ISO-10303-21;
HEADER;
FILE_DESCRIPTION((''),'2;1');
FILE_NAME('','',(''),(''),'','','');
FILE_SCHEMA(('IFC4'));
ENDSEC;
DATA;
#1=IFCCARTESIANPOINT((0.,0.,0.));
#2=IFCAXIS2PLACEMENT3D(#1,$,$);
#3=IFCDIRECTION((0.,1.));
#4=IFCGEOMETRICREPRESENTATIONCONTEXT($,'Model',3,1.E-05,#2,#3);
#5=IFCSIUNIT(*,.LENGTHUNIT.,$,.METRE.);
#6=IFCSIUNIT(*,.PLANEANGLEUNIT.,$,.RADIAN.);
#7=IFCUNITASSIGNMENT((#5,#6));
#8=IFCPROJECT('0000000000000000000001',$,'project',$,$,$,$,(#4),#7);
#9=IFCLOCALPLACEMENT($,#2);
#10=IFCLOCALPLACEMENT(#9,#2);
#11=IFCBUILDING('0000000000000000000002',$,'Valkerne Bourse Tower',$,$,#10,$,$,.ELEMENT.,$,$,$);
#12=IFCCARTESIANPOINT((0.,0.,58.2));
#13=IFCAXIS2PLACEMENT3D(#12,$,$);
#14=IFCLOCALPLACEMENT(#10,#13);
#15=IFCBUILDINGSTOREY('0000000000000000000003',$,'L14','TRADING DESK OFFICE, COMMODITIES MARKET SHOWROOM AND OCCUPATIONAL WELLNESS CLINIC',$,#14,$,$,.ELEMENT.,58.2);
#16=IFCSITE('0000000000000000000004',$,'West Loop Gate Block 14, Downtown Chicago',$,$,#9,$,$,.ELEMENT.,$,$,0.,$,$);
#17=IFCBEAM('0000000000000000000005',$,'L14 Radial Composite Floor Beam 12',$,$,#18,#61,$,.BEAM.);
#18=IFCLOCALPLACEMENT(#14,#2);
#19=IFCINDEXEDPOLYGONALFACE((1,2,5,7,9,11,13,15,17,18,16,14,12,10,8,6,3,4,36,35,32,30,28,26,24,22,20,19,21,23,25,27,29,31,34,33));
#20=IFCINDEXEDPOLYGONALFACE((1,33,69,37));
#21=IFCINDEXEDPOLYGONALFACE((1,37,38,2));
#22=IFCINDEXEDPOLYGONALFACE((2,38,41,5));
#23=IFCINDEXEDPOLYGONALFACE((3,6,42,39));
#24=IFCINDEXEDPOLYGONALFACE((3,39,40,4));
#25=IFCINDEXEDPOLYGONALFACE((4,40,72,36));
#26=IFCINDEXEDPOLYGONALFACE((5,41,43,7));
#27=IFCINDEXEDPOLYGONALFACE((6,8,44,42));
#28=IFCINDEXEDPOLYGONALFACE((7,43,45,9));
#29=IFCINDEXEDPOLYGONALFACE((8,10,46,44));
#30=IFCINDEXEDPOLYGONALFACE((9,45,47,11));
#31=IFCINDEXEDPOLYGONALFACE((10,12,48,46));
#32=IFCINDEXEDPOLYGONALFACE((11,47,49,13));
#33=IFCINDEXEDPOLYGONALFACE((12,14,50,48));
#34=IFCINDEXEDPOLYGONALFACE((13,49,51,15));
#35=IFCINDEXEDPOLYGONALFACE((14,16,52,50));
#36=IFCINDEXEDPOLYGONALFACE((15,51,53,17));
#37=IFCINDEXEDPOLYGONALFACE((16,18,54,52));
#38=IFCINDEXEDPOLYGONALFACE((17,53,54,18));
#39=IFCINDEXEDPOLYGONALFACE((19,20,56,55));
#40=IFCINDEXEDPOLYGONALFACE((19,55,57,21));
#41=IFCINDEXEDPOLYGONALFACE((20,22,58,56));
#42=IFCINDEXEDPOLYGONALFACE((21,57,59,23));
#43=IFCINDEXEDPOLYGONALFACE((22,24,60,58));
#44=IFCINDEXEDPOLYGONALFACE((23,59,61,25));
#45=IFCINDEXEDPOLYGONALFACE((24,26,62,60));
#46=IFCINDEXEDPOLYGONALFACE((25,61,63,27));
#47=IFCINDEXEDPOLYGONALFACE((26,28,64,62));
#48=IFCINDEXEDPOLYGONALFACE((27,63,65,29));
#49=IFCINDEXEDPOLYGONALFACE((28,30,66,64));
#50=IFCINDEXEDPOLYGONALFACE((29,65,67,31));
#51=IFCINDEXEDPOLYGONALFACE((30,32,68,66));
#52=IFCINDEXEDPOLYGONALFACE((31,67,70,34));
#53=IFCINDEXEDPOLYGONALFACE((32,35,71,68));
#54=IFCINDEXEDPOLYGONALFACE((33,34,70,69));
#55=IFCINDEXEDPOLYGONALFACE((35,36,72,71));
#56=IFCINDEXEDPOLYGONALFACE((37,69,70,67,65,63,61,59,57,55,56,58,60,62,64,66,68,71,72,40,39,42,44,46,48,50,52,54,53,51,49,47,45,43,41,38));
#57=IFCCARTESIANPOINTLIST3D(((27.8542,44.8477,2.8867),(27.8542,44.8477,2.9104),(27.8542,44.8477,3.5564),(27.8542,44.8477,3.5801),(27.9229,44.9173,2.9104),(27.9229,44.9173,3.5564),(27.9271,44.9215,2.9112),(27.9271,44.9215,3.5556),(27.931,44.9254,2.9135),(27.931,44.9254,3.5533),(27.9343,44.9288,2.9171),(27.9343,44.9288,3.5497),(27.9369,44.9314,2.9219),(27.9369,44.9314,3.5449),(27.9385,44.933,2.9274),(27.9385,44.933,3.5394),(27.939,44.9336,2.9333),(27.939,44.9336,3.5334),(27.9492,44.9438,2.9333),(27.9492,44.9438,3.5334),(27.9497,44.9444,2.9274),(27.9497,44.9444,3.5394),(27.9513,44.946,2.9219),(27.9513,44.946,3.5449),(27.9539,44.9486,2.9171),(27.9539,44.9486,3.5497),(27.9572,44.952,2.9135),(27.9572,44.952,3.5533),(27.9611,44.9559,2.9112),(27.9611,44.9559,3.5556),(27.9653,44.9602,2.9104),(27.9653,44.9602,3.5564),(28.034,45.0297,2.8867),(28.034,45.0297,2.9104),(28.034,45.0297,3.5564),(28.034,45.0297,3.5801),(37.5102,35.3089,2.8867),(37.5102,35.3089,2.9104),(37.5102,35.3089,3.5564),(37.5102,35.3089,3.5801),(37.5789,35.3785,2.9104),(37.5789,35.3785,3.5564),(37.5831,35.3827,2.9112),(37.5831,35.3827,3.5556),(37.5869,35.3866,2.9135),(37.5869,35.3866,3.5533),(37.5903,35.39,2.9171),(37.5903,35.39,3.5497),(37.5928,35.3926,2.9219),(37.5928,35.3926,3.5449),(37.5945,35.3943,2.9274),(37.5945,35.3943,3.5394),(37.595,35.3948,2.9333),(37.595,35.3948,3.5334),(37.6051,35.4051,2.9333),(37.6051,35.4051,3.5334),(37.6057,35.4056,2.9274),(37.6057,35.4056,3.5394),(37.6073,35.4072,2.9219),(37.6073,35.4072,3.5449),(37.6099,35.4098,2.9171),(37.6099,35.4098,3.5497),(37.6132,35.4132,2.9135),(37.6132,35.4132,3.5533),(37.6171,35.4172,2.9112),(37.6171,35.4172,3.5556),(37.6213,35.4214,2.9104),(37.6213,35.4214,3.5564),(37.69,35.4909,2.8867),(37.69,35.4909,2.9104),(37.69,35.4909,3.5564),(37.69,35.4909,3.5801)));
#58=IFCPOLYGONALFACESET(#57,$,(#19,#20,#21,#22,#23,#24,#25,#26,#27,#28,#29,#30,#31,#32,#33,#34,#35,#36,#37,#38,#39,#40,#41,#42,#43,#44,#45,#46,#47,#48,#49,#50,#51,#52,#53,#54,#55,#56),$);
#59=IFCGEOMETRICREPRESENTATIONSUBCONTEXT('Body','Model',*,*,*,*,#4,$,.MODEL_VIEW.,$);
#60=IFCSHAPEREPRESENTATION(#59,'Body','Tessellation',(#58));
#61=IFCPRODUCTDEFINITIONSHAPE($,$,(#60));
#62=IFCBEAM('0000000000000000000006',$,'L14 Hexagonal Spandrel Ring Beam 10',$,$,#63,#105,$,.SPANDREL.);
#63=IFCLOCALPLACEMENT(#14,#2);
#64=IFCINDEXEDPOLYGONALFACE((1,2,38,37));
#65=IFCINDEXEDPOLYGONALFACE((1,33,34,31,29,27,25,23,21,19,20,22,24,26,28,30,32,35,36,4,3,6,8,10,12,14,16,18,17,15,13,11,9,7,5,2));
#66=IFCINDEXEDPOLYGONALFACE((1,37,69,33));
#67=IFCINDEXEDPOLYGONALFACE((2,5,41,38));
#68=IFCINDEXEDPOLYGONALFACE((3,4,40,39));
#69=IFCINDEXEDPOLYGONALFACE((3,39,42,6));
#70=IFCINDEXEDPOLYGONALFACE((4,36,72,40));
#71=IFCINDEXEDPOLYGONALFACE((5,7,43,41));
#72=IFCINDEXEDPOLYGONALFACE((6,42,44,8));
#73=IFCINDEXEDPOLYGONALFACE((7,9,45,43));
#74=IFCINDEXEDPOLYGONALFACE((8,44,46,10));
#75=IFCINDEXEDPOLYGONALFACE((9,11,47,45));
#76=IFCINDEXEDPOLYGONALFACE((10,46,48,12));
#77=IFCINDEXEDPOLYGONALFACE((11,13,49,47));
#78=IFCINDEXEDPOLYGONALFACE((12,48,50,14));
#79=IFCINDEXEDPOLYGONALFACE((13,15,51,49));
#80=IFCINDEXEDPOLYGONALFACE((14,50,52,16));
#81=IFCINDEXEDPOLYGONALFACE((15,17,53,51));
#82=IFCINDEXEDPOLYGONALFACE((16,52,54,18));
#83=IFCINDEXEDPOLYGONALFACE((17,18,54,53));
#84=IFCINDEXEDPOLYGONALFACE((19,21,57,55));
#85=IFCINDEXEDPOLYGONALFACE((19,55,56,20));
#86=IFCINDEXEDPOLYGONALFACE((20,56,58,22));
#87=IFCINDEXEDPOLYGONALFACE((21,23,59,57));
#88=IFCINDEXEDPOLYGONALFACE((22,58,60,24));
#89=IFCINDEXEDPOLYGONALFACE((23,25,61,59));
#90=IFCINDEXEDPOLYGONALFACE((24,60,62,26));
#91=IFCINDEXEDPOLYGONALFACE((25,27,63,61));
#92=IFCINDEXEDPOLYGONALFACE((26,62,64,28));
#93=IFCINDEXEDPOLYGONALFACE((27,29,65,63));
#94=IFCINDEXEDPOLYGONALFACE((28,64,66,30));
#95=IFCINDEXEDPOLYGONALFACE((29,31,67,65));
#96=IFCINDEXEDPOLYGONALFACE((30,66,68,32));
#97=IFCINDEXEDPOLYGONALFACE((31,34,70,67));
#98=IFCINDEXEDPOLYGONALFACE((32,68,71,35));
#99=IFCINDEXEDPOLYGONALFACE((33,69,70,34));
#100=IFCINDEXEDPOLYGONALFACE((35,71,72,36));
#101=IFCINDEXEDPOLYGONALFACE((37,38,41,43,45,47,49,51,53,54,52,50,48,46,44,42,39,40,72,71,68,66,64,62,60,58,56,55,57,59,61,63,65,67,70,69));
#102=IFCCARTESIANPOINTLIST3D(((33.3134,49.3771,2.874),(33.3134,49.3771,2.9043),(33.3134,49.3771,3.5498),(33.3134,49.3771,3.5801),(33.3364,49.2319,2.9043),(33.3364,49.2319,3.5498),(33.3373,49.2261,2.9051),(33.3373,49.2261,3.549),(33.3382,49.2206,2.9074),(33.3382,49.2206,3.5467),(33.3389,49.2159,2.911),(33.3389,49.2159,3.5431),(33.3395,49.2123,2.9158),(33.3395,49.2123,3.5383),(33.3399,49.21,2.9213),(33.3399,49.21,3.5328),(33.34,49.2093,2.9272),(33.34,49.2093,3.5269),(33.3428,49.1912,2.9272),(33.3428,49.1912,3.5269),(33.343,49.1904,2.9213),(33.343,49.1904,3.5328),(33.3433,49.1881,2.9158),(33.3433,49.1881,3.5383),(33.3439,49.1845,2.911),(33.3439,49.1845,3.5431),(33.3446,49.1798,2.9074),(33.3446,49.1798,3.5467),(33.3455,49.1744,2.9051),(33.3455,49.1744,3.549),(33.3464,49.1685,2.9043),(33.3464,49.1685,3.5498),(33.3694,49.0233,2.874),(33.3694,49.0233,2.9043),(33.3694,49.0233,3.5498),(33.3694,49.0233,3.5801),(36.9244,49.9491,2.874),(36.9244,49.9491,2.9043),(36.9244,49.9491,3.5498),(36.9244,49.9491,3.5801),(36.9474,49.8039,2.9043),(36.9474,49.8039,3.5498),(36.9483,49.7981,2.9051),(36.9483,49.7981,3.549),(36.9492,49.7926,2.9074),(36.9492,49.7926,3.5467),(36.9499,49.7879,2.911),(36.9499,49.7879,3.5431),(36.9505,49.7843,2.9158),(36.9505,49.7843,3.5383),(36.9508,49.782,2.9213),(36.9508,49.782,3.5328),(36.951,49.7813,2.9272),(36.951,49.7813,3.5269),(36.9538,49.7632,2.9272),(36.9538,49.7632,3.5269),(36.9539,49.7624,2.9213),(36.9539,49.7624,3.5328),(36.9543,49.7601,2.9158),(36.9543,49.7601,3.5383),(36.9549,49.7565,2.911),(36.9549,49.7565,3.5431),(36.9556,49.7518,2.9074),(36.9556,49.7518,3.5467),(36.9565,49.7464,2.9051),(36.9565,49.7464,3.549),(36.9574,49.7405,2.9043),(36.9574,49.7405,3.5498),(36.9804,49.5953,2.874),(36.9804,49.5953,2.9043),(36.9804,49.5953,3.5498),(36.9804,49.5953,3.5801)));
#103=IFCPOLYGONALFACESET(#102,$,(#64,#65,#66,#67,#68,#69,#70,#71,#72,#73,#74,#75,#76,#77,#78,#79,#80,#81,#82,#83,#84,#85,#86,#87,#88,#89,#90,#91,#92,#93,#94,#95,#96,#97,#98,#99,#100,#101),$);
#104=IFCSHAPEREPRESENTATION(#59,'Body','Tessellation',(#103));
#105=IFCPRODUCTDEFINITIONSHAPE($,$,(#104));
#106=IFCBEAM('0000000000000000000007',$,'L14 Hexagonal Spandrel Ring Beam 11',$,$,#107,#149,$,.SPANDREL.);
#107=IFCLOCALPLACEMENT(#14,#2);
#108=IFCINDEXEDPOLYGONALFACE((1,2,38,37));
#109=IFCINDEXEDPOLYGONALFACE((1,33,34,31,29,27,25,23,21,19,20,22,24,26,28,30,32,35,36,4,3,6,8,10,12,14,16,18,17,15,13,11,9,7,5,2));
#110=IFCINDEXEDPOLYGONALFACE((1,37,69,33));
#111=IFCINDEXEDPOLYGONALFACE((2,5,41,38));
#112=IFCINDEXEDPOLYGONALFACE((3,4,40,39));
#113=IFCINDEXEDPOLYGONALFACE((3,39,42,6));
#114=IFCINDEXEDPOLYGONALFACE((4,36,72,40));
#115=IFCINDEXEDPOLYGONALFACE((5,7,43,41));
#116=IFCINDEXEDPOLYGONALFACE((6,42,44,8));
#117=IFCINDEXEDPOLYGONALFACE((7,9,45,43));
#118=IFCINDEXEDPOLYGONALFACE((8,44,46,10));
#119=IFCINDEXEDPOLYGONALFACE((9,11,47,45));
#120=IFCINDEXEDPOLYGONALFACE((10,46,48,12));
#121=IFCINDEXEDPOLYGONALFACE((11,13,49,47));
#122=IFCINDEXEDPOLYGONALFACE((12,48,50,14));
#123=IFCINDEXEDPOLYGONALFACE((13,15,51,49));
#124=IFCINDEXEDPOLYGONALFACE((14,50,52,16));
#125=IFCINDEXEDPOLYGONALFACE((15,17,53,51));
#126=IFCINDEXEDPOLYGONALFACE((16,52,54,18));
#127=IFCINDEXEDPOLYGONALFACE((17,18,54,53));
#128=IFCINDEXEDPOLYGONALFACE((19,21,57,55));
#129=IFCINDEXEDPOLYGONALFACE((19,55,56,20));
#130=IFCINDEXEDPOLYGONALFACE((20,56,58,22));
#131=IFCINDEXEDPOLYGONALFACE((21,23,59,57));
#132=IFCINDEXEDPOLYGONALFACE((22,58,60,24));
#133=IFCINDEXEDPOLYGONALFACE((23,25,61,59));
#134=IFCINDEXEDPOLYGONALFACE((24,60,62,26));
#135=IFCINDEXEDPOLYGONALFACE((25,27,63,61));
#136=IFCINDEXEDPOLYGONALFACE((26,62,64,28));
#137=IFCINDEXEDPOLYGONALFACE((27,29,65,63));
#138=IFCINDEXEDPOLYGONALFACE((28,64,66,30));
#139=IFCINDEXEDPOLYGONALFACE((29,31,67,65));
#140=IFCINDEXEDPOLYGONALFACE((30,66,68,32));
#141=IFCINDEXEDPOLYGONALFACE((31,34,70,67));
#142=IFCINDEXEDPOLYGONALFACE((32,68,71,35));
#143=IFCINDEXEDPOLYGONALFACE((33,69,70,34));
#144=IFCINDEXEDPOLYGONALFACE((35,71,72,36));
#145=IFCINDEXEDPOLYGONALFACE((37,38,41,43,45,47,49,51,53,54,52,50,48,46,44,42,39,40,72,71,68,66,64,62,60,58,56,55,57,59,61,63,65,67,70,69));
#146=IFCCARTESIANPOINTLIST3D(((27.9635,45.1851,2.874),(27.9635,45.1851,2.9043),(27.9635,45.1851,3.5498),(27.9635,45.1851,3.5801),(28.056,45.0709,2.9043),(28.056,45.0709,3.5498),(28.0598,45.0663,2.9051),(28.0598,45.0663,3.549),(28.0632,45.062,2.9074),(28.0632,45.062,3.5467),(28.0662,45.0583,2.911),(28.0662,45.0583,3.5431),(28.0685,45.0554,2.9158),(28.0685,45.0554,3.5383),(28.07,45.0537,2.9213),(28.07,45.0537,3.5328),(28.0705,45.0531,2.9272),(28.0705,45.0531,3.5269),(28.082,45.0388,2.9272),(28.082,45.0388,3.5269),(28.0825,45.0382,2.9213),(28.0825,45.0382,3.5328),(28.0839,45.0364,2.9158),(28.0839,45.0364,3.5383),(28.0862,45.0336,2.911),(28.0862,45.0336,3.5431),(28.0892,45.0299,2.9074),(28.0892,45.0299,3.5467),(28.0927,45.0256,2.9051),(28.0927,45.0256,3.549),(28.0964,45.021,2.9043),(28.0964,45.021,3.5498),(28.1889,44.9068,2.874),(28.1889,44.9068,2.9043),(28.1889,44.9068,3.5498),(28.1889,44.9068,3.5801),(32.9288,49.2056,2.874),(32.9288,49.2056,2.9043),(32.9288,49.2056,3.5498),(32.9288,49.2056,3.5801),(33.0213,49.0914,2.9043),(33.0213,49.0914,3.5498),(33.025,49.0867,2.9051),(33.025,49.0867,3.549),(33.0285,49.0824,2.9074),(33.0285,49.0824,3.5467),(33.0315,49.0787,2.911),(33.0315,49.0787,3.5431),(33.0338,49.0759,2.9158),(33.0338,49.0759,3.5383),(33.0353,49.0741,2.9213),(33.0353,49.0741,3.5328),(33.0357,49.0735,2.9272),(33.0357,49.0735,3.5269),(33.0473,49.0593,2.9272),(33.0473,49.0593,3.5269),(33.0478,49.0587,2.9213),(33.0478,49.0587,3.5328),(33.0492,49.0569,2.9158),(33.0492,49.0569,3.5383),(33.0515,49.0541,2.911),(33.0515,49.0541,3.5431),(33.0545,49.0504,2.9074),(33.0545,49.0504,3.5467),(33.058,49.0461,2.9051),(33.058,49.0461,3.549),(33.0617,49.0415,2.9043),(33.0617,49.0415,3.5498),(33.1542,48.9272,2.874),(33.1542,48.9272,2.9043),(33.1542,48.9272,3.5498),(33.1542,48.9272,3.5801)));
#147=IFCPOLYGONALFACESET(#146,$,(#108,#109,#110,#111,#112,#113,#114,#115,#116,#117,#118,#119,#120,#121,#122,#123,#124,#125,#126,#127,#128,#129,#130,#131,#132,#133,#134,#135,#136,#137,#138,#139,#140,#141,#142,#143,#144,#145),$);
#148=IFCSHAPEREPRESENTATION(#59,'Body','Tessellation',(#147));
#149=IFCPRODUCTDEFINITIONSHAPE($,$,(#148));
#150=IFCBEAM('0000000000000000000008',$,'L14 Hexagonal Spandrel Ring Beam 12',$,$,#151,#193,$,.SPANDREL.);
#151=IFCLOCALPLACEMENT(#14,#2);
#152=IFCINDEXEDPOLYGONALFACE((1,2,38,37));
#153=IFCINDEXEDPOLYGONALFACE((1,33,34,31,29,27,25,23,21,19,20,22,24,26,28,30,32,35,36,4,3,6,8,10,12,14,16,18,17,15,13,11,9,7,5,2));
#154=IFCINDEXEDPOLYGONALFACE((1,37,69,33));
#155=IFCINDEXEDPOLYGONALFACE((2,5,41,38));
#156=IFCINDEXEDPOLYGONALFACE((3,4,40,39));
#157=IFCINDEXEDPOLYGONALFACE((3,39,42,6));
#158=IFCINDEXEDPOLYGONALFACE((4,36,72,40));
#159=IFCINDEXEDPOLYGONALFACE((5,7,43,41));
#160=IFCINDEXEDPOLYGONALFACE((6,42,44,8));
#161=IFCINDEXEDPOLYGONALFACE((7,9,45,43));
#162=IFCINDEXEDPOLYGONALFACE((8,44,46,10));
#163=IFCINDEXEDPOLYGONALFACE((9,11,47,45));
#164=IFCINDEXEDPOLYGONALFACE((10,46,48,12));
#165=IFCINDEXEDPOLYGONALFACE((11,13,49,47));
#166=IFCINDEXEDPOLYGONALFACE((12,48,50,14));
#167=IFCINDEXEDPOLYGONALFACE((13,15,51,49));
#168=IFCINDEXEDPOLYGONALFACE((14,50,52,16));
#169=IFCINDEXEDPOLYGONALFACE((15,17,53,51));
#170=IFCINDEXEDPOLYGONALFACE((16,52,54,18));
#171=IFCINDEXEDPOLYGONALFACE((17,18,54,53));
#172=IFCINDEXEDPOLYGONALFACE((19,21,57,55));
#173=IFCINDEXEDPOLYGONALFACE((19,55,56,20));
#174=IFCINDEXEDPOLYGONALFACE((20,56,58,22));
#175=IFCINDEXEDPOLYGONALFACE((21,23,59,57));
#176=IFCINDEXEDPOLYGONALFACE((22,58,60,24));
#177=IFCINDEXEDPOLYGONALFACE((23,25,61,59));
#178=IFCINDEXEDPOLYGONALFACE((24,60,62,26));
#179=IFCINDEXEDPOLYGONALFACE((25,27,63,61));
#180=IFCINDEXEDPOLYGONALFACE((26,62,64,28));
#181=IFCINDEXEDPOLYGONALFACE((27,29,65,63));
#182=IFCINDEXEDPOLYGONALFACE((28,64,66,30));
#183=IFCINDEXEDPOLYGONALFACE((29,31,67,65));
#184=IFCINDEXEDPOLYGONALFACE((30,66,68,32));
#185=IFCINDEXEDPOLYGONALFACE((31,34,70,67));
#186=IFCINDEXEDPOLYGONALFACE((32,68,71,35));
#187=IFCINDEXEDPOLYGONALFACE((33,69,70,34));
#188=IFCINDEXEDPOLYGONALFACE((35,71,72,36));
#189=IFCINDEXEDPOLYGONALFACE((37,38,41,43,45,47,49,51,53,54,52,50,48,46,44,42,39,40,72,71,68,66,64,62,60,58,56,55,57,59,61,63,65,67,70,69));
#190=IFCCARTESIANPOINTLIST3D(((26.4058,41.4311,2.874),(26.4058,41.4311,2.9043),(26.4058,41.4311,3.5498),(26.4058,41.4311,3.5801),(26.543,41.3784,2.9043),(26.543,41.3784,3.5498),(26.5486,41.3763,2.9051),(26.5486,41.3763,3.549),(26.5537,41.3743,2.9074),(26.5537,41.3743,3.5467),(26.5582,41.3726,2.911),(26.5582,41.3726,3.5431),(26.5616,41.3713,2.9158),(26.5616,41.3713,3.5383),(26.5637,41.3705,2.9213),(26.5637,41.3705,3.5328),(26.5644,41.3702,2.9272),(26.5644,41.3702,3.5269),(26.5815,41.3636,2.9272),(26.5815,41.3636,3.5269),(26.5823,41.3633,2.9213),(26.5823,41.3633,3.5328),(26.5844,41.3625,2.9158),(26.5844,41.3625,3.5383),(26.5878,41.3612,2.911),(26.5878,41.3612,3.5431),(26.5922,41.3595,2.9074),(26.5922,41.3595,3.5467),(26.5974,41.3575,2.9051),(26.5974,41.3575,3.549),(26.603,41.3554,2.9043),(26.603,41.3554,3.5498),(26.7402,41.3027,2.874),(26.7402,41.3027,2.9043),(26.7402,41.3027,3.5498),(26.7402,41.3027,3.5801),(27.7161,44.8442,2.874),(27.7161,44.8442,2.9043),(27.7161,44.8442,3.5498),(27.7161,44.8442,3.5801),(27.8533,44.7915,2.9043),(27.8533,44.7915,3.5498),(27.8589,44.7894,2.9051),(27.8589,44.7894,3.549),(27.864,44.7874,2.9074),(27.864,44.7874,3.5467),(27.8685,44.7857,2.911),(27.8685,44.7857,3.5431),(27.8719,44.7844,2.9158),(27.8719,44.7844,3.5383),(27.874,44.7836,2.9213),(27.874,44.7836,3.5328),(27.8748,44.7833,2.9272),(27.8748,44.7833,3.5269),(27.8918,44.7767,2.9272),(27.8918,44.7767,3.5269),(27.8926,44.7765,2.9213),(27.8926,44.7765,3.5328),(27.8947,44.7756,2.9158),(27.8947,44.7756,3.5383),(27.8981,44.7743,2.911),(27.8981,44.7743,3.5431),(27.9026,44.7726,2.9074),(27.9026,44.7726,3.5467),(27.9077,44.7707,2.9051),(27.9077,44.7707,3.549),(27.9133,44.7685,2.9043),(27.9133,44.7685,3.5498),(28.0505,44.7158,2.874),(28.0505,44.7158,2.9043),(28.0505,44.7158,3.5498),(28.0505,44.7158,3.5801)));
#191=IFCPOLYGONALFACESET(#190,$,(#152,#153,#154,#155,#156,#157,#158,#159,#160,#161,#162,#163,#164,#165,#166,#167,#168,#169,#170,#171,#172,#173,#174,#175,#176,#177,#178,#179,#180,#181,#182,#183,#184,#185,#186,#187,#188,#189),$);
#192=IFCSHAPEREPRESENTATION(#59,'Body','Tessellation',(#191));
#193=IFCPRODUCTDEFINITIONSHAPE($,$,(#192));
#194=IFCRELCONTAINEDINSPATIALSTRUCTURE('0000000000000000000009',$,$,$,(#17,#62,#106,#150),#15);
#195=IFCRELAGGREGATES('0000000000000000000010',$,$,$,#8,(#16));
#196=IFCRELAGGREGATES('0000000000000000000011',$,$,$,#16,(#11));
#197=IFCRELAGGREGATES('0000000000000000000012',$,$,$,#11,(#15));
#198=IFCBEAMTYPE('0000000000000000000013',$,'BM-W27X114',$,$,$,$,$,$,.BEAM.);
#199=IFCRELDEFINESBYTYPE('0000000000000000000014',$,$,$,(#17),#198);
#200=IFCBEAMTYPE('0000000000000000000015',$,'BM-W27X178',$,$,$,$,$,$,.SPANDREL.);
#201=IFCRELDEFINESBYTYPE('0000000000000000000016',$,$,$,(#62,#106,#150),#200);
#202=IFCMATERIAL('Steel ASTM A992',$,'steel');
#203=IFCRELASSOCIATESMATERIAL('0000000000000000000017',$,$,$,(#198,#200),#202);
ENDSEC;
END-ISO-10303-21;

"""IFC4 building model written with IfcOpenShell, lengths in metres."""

from ifc_helpers import new_model, si_unit, direction, frame, origin, origin_2d, place, context, subcontext, project, spatial, i_section, extrude, material, material_profile, profile_set, type_object, element, save


model = new_model("IFC4")

# Units and contexts
model_context = context("Model", 3, precision=1e-05, world=origin(), true_north=direction((0.0, 1.0)))
body_context = subcontext(model_context, "Body", "Model", "MODEL_VIEW")
ifc_project = project(units=[si_unit("LENGTHUNIT", "METRE"), si_unit("PLANEANGLEUNIT", "RADIAN")], contexts=[model_context])

# Site, building, storey
site_placement = place(None, origin())
site = spatial("IfcSite", under=ifc_project, at=site_placement, Name="West Loop Gate Block 14, Downtown Chicago", CompositionType="ELEMENT", RefElevation=0.0)
building_placement = place(site_placement, origin())
building = spatial("IfcBuilding", under=site, at=building_placement, Name="Valkerne Bourse Tower", CompositionType="ELEMENT")
storey_placement = place(building_placement, frame((0.0, 0.0, 58.2)))
storey = spatial("IfcBuildingStorey", under=building, at=storey_placement, Name="L14", Description="TRADING DESK OFFICE, COMMODITIES MARKET SHOWROOM AND OCCUPATIONAL WELLNESS CLINIC", CompositionType="ELEMENT", Elevation=58.2)

# Beams
ifc_material_1 = material(Name="Steel ASTM A992", Category="steel")
ifc_material_profile_1 = material_profile(ifc_material_1, i_section(OverallWidth=0.2559, OverallDepth=0.6934, WebThickness=0.0144, FlangeThickness=0.0237, FilletRadius=0.0229, at=origin_2d()), Name="W27X114")
ifc_profile_set_1 = profile_set([ifc_material_profile_1], Name="Steel ASTM A992")
beam_type_1 = type_object("IfcBeamType", Name="BM-W27X114", PredefinedType="BEAM", material=ifc_profile_set_1)
beam_1_placement = place(storey_placement, frame((27.9441, 44.9387, 3.2334), z_axis=(0.711411, -0.702777, 0.0), x_axis=(0.702777, 0.711411, 0.0)))
element("IfcBeam", 1, at=beam_1_placement, inside=storey, type_object=beam_type_1, Name="L14 Radial Composite Floor Beam 12", PredefinedType="BEAM", context=body_context, shape_type="SweptSolid", body=[
    extrude(i_section(OverallWidth=0.2559, OverallDepth=0.6934, WebThickness=0.0144, FlangeThickness=0.0237, FilletRadius=0.0229, at=origin_2d()), origin(), (0.0, 0.0, 1.0), 13.573),
])
ifc_material_profile_2 = material_profile(ifc_material_1, i_section(OverallWidth=0.3582, OverallDepth=0.7061, WebThickness=0.0183, FlangeThickness=0.0303, FilletRadius=0.0229, at=origin_2d()), Name="W27X178")
ifc_profile_set_2 = profile_set([ifc_material_profile_2], Name="Steel ASTM A992")
beam_type_2 = type_object("IfcBeamType", Name="BM-W27X178", PredefinedType="SPANDREL", material=ifc_profile_set_2)
beam_2_placement = place(storey_placement, frame((36.9524, 49.7722, 3.2271), z_axis=(-0.987685, -0.156456, 0.0), x_axis=(0.156456, -0.987685, 0.0)))
element("IfcBeam", 2, at=beam_2_placement, inside=storey, type_object=beam_type_2, Name="L14 Hexagonal Spandrel Ring Beam 10", PredefinedType="SPANDREL", context=body_context, shape_type="SweptSolid", body=[
    extrude(i_section(OverallWidth=0.3582, OverallDepth=0.7061, WebThickness=0.0183, FlangeThickness=0.0303, FilletRadius=0.0229, at=origin_2d()), origin(), (0.0, 0.0, 1.0), 3.656),
])
beam_3_placement = place(storey_placement, frame((33.0415, 49.0664, 3.2271), z_axis=(-0.777172, -0.629288, 0.0), x_axis=(0.629288, -0.777172, 0.0)))
element("IfcBeam", 3, at=beam_3_placement, inside=storey, type_object=beam_type_2, Name="L14 Hexagonal Spandrel Ring Beam 11", PredefinedType="SPANDREL", context=body_context, shape_type="SweptSolid", body=[
    extrude(i_section(OverallWidth=0.3582, OverallDepth=0.7061, WebThickness=0.0183, FlangeThickness=0.0303, FilletRadius=0.0229, at=origin_2d()), origin(), (0.0, 0.0, 1.0), 6.3889),
])
beam_4_placement = place(storey_placement, frame((27.8833, 44.78, 3.2271), z_axis=(-0.358402, -0.933567, 0.0), x_axis=(0.933567, -0.358402, 0.0)))
element("IfcBeam", 4, at=beam_4_placement, inside=storey, type_object=beam_type_2, Name="L14 Hexagonal Spandrel Ring Beam 12", PredefinedType="SPANDREL", context=body_context, shape_type="SweptSolid", body=[
    extrude(i_section(OverallWidth=0.3582, OverallDepth=0.7061, WebThickness=0.0183, FlangeThickness=0.0303, FilletRadius=0.0229, at=origin_2d()), origin(), (0.0, 0.0, 1.0), 3.656),
])

save(model, "model.ifc")
